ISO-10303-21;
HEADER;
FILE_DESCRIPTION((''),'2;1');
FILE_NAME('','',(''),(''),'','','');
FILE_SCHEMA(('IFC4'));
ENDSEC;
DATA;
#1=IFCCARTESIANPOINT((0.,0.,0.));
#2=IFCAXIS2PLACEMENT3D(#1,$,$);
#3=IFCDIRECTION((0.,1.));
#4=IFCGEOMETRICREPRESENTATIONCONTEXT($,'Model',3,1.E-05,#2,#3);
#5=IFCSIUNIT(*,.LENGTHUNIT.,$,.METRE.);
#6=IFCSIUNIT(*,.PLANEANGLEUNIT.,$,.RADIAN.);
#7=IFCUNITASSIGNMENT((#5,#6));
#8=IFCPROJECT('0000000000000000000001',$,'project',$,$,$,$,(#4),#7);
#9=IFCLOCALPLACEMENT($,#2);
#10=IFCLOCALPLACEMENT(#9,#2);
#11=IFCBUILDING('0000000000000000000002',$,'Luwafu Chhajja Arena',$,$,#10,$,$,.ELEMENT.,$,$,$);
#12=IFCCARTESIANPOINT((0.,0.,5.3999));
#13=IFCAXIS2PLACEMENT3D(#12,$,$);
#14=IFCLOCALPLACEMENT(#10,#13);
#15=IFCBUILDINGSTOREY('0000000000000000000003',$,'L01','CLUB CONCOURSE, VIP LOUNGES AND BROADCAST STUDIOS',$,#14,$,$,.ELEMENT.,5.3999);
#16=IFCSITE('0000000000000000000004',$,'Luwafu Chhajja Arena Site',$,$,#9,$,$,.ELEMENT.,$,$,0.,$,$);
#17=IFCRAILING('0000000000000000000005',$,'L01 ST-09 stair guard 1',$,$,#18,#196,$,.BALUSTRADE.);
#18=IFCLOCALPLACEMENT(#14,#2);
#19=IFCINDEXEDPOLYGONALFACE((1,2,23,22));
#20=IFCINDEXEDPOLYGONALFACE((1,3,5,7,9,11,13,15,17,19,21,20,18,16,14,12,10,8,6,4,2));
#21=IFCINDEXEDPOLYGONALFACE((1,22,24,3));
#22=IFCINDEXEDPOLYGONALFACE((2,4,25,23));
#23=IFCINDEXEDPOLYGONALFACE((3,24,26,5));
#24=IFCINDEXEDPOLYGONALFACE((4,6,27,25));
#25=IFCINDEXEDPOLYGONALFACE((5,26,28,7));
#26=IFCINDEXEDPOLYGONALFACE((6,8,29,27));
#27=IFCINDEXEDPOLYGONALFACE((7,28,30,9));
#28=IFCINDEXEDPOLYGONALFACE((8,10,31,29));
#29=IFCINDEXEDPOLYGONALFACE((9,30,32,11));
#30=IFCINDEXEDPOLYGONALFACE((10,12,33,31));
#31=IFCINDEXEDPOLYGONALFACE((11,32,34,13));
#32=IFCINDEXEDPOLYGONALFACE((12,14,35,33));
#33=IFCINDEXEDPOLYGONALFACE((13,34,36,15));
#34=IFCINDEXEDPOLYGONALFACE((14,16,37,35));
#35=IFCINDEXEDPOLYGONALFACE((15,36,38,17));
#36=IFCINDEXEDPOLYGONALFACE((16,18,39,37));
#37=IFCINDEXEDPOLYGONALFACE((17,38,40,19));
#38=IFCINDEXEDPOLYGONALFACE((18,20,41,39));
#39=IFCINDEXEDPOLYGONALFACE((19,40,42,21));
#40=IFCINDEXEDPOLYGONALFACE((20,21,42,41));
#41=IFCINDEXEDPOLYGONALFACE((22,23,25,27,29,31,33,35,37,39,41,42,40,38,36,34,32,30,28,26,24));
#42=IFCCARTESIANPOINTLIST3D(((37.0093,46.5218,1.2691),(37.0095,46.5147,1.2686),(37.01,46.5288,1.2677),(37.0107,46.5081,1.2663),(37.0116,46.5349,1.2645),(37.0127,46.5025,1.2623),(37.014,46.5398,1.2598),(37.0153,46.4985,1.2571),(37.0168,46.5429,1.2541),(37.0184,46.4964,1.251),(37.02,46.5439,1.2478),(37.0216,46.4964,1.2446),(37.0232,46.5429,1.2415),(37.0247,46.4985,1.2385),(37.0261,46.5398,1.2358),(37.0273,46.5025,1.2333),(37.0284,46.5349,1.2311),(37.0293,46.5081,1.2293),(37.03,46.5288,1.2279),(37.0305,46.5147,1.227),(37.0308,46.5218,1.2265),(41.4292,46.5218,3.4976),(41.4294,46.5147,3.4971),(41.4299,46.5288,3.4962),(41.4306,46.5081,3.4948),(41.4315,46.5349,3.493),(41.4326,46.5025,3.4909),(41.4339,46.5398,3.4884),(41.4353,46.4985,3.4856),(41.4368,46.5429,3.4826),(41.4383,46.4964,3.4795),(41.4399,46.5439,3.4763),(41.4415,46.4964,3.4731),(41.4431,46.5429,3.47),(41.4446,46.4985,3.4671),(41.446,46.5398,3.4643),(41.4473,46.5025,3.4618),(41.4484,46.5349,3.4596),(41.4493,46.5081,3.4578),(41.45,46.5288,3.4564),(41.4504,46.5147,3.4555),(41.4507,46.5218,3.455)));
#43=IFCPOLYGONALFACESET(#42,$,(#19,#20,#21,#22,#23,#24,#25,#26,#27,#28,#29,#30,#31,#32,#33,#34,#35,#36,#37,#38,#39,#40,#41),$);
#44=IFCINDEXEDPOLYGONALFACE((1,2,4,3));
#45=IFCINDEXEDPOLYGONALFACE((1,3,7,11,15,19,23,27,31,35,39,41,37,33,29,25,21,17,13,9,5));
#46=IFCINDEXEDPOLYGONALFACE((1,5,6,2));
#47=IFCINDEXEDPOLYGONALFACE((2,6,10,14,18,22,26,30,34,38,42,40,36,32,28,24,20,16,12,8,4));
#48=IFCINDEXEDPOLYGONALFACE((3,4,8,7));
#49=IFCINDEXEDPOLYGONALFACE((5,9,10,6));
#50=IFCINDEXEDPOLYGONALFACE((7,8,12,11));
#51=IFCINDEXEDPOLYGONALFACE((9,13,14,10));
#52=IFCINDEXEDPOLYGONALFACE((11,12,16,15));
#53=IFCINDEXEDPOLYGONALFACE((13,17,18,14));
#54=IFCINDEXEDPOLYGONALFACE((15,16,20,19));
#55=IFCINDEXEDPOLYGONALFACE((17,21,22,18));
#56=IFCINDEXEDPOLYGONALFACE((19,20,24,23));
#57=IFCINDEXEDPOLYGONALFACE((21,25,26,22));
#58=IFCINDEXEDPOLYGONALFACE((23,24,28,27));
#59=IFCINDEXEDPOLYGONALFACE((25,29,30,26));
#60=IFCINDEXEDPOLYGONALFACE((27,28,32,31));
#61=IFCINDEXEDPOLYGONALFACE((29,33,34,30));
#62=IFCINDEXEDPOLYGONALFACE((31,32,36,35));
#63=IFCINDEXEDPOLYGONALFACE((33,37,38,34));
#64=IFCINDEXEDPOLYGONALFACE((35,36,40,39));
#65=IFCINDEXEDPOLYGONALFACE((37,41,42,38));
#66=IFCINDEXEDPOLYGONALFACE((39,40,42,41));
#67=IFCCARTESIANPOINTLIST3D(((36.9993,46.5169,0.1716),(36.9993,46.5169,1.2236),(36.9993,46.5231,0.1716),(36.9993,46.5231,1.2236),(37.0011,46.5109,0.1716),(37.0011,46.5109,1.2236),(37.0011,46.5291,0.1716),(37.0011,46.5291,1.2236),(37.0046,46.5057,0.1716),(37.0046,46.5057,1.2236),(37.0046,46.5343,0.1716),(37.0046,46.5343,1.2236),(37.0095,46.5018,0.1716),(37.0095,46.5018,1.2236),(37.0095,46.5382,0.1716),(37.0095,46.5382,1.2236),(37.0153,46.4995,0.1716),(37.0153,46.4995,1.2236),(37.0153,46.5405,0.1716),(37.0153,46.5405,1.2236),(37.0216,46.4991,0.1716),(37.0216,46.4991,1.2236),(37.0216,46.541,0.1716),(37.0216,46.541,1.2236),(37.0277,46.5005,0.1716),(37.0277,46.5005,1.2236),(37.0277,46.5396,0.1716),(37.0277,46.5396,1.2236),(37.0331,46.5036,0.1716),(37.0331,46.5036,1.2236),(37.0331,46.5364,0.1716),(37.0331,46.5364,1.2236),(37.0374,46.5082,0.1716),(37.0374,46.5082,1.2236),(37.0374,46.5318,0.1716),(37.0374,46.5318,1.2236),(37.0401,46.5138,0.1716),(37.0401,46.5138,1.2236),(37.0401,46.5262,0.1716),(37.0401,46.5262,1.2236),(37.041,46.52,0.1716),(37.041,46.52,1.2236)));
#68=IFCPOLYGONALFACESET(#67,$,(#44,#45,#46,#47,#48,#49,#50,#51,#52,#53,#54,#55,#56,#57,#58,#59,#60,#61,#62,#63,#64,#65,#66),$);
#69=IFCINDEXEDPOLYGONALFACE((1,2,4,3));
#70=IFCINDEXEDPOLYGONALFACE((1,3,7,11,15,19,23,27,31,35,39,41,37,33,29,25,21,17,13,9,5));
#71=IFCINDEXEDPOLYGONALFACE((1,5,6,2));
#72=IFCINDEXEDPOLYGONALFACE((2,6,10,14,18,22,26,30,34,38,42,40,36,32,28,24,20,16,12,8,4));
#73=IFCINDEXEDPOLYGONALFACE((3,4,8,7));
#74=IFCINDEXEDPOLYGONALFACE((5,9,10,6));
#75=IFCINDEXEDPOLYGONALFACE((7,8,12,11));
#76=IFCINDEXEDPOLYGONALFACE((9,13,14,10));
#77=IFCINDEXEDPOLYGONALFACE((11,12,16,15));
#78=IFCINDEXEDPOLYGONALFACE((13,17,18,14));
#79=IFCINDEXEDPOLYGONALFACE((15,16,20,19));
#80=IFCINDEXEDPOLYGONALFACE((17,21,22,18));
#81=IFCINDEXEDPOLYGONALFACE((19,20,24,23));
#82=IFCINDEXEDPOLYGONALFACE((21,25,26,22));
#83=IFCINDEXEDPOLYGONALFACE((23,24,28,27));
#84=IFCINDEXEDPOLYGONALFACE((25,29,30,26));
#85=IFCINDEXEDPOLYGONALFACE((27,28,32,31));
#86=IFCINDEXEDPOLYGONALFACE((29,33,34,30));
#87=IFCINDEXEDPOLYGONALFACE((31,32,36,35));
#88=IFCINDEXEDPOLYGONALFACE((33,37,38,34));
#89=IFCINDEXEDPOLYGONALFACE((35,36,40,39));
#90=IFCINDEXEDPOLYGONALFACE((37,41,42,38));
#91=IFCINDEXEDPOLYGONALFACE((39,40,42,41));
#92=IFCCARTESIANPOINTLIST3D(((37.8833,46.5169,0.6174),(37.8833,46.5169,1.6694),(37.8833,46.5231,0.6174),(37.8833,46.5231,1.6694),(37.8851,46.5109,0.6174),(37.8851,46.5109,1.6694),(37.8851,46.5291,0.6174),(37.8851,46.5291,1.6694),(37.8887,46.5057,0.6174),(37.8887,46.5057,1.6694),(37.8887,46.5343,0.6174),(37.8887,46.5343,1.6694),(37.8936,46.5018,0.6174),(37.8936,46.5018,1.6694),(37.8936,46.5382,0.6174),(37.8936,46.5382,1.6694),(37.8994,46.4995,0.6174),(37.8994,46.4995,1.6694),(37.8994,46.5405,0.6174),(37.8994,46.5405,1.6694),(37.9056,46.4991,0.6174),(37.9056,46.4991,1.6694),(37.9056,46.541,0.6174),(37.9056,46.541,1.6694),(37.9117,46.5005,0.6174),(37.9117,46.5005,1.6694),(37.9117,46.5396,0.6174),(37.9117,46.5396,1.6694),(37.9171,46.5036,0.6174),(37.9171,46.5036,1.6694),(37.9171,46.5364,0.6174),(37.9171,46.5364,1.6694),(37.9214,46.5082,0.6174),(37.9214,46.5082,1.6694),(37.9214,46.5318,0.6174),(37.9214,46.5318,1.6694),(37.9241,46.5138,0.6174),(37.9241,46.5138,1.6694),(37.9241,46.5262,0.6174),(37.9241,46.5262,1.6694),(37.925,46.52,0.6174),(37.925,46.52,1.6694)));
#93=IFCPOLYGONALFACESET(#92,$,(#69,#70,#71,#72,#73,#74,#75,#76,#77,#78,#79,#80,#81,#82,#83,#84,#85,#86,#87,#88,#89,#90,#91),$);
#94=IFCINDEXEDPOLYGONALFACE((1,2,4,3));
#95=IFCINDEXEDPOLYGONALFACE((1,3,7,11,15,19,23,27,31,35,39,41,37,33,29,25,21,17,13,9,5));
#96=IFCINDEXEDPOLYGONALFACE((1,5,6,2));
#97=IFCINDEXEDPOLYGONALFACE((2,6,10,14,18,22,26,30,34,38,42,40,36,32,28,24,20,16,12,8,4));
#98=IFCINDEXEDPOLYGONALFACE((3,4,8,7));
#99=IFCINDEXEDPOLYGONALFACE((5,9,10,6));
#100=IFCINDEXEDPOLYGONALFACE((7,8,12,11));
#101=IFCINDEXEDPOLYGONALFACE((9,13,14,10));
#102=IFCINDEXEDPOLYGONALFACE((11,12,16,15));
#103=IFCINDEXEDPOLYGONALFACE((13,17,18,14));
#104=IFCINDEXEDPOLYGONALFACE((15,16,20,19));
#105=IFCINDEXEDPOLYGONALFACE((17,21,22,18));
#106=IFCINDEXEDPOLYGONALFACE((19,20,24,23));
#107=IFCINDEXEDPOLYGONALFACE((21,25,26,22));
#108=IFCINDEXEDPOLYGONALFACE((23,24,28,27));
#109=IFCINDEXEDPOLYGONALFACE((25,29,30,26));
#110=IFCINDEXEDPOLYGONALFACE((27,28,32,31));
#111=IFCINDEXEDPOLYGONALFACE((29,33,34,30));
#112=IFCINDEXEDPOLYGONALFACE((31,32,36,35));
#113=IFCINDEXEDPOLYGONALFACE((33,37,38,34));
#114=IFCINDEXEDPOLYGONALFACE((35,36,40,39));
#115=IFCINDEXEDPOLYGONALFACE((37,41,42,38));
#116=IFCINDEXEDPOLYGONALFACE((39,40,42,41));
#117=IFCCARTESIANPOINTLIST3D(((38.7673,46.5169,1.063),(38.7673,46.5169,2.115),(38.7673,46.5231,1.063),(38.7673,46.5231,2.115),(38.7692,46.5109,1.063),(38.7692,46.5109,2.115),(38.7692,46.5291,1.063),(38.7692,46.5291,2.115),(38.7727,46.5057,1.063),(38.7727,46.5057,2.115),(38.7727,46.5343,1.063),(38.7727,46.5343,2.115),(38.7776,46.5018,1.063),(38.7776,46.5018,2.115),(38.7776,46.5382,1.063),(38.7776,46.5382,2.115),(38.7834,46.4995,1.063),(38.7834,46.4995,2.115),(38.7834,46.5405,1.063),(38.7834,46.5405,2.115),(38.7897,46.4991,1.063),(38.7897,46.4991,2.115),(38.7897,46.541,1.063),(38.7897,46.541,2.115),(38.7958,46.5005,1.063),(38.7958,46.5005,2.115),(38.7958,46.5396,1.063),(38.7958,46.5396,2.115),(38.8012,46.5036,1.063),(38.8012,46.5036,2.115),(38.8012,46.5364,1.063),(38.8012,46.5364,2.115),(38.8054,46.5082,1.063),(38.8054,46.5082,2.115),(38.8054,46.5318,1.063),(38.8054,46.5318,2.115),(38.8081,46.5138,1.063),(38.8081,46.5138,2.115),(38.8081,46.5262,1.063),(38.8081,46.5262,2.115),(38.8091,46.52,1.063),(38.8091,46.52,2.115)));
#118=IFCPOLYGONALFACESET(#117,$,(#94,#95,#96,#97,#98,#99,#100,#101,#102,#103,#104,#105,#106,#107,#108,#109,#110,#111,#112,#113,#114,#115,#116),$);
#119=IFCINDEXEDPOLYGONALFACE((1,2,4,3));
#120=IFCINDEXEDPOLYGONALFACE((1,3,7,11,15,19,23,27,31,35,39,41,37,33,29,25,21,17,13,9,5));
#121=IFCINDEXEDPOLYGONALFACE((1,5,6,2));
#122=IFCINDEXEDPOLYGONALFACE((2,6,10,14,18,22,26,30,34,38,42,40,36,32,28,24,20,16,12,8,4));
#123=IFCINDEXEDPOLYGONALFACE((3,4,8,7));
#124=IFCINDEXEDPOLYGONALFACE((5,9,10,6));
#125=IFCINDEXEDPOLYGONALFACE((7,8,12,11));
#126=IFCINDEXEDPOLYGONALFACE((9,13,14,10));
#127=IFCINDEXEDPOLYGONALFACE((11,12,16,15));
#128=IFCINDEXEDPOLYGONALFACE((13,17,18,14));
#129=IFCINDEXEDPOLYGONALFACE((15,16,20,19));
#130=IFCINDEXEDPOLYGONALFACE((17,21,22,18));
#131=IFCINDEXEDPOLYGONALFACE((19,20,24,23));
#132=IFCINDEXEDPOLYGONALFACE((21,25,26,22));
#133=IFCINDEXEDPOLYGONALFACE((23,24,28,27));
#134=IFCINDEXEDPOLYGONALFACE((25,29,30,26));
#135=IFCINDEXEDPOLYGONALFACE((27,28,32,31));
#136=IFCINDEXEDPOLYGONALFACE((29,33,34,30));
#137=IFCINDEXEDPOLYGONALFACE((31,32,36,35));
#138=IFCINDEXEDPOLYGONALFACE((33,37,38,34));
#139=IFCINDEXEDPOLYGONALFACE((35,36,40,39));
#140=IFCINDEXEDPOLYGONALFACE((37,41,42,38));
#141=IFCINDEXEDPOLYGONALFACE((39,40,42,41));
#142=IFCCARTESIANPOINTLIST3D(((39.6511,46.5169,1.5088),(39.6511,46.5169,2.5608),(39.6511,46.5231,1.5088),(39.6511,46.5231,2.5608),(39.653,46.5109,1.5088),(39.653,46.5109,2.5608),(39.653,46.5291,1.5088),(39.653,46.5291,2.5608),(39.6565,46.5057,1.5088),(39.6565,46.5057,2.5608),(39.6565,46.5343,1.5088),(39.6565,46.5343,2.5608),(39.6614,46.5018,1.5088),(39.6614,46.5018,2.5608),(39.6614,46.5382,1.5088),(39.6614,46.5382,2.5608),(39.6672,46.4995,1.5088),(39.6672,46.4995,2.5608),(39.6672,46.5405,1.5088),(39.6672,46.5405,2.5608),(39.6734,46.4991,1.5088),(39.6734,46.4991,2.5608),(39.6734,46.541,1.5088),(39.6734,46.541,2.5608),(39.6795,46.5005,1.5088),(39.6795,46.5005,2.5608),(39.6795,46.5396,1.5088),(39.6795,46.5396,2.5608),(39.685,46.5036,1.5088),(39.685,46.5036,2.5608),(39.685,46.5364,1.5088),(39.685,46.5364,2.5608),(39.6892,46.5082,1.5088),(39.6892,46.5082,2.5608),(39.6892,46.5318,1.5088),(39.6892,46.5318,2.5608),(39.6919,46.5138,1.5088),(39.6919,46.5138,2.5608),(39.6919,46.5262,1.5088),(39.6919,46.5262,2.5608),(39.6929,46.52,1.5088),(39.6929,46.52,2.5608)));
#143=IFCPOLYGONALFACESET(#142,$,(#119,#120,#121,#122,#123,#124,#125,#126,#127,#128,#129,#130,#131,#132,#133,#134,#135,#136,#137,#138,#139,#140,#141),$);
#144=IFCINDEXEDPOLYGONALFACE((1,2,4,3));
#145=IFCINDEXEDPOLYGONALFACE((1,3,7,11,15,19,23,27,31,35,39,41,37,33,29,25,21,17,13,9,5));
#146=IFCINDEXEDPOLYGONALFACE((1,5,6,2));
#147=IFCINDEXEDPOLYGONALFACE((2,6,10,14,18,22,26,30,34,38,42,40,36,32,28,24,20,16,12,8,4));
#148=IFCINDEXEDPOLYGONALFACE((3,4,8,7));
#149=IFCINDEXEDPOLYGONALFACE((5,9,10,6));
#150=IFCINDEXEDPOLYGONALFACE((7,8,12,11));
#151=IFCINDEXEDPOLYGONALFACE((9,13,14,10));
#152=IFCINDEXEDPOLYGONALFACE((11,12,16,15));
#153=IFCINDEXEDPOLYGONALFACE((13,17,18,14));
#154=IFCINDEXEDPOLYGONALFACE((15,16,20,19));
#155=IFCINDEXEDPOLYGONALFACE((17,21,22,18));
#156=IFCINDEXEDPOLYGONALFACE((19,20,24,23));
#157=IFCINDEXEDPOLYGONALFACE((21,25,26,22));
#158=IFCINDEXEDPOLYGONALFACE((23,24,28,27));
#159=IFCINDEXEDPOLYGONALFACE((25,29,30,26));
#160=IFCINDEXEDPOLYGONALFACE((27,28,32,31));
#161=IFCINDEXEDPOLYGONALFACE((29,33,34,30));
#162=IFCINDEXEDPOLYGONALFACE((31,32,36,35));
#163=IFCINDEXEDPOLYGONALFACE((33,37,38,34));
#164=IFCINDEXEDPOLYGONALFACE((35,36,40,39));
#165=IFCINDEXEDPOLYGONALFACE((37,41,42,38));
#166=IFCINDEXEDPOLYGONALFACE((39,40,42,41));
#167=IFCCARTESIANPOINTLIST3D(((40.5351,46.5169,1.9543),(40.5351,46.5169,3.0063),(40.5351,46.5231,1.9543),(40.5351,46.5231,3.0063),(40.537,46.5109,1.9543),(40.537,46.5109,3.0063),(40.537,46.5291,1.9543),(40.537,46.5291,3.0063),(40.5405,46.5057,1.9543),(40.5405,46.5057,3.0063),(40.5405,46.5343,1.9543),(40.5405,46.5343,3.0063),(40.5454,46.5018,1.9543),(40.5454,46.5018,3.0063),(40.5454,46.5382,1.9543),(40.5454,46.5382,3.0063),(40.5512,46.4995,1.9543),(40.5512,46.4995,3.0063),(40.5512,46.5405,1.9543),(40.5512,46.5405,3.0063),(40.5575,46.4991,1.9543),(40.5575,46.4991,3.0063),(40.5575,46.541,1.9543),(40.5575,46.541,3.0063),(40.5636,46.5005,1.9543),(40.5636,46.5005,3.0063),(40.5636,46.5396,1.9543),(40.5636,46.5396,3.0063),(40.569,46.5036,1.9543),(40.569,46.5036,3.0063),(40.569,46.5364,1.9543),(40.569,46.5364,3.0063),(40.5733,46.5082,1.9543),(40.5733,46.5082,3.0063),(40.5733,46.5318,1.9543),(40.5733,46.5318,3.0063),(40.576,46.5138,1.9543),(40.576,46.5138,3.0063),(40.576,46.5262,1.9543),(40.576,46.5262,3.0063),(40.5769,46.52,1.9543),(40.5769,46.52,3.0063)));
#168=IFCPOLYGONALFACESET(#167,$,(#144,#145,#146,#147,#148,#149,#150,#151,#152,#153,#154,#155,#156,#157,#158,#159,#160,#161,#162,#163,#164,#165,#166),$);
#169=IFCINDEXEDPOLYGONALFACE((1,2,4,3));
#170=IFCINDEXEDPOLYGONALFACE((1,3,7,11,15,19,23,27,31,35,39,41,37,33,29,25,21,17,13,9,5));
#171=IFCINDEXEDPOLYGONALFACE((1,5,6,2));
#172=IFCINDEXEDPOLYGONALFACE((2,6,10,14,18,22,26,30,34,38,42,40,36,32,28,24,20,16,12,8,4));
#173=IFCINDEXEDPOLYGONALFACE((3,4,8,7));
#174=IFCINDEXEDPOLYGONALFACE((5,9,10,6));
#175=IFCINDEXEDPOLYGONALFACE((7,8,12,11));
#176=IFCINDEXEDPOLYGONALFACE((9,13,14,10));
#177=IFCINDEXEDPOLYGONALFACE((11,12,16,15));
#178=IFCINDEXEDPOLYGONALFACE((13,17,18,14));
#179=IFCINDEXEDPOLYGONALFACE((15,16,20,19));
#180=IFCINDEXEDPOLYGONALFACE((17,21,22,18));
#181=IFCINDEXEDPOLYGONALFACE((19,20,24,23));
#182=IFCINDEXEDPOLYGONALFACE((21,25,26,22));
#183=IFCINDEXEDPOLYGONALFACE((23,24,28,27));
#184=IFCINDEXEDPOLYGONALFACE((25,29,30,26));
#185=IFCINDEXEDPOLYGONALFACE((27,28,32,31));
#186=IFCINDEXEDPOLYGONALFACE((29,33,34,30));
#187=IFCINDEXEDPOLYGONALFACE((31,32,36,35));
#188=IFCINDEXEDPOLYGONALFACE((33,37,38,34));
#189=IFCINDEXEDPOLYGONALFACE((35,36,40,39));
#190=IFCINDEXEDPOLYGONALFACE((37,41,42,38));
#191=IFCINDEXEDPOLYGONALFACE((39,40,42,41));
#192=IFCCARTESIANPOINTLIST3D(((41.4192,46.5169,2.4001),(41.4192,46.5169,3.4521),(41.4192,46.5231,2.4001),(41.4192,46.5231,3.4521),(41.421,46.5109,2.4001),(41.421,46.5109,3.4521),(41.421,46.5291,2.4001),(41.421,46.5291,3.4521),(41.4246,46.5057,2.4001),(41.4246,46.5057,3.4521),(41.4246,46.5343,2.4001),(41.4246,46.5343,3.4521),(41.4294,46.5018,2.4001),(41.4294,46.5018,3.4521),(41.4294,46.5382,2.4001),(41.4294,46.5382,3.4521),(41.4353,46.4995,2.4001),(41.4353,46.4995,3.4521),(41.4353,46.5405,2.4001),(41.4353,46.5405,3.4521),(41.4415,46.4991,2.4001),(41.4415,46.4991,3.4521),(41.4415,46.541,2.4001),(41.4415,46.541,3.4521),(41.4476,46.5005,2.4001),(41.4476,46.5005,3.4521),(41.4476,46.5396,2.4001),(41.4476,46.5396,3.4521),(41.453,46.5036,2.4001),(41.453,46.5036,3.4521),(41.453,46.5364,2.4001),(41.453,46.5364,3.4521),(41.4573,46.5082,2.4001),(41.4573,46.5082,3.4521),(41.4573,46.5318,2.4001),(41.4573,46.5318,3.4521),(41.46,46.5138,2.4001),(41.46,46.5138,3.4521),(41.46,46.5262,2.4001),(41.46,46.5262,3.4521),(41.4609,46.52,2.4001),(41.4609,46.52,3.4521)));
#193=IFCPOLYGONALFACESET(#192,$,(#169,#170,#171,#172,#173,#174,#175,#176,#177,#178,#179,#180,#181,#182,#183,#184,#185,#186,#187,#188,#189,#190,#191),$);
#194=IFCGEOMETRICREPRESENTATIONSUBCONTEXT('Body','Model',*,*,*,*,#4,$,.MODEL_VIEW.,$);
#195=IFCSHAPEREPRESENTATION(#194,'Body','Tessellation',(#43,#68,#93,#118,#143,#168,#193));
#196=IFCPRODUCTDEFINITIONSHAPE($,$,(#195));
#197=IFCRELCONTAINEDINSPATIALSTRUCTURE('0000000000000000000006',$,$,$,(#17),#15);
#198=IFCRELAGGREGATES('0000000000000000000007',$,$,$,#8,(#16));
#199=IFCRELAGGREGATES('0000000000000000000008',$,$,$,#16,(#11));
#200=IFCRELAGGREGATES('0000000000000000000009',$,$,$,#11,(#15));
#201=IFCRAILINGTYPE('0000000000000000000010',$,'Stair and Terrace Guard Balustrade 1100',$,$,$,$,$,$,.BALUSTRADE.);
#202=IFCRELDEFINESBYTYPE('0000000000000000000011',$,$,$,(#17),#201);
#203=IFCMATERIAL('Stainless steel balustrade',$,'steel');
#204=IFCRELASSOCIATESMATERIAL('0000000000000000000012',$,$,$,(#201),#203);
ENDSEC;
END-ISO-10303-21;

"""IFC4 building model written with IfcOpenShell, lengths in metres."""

from ifc_helpers import new_model, si_unit, direction, frame, origin, origin_2d, place, context, subcontext, project, spatial, circle, extrude, material, type_object, element, save


model = new_model("IFC4")

# Units and contexts
model_context = context("Model", 3, precision=1e-05, world=origin(), true_north=direction((0.0, 1.0)))
body_context = subcontext(model_context, "Body", "Model", "MODEL_VIEW")
ifc_project = project(units=[si_unit("LENGTHUNIT", "METRE"), si_unit("PLANEANGLEUNIT", "RADIAN")], contexts=[model_context])

# Site, building, storey
site_placement = place(None, origin())
site = spatial("IfcSite", under=ifc_project, at=site_placement, Name="Luwafu Chhajja Arena Site", CompositionType="ELEMENT", RefElevation=0.0)
building_placement = place(site_placement, origin())
building = spatial("IfcBuilding", under=site, at=building_placement, Name="Luwafu Chhajja Arena", CompositionType="ELEMENT")
storey_placement = place(building_placement, frame((0.0, 0.0, 5.3999)))
storey = spatial("IfcBuildingStorey", under=building, at=storey_placement, Name="L01", Description="CLUB CONCOURSE, VIP LOUNGES AND BROADCAST STUDIOS", CompositionType="ELEMENT", Elevation=5.3999)

# Railing
ifc_material_1 = material(Name="Stainless steel balustrade", Category="steel")
railing_type_1 = type_object("IfcRailingType", Name="Stair and Terrace Guard Balustrade 1100", PredefinedType="BALUSTRADE", material=ifc_material_1)
railing_1_placement = place(storey_placement, frame((37.02, 46.52, 0.1716)))
element("IfcRailing", 1, at=railing_1_placement, inside=storey, type_object=railing_type_1, Name="L01 ST-09 stair guard 1", PredefinedType="BALUSTRADE", context=body_context, shape_type="SweptSolid", body=[
    extrude(circle(Radius=0.0239, at=origin_2d()), frame((0.0, 0.0, 1.0762), z_axis=(0.892923, 0.0, 0.45021), x_axis=(0.0, 1.0, 0.0)), (0.0, 0.0, 1.0), 4.95),
    extrude(circle(Radius=0.021, at=origin_2d()), origin(), (0.0, 0.0, 1.0), 1.052),
    extrude(circle(Radius=0.021, at=origin_2d()), frame((0.884, 0.0, 0.4458)), (0.0, 0.0, 1.0), 1.052),
    extrude(circle(Radius=0.021, at=origin_2d()), frame((1.7681, 0.0, 0.8914)), (0.0, 0.0, 1.0), 1.052),
    extrude(circle(Radius=0.021, at=origin_2d()), frame((2.6519, 0.0, 1.3372)), (0.0, 0.0, 1.0), 1.052),
    extrude(circle(Radius=0.021, at=origin_2d()), frame((3.5359, 0.0, 1.7827)), (0.0, 0.0, 1.0), 1.052),
    extrude(circle(Radius=0.021, at=origin_2d()), frame((4.4199, 0.0, 2.2285)), (0.0, 0.0, 1.0), 1.052),
])

save(model, "model.ifc")
